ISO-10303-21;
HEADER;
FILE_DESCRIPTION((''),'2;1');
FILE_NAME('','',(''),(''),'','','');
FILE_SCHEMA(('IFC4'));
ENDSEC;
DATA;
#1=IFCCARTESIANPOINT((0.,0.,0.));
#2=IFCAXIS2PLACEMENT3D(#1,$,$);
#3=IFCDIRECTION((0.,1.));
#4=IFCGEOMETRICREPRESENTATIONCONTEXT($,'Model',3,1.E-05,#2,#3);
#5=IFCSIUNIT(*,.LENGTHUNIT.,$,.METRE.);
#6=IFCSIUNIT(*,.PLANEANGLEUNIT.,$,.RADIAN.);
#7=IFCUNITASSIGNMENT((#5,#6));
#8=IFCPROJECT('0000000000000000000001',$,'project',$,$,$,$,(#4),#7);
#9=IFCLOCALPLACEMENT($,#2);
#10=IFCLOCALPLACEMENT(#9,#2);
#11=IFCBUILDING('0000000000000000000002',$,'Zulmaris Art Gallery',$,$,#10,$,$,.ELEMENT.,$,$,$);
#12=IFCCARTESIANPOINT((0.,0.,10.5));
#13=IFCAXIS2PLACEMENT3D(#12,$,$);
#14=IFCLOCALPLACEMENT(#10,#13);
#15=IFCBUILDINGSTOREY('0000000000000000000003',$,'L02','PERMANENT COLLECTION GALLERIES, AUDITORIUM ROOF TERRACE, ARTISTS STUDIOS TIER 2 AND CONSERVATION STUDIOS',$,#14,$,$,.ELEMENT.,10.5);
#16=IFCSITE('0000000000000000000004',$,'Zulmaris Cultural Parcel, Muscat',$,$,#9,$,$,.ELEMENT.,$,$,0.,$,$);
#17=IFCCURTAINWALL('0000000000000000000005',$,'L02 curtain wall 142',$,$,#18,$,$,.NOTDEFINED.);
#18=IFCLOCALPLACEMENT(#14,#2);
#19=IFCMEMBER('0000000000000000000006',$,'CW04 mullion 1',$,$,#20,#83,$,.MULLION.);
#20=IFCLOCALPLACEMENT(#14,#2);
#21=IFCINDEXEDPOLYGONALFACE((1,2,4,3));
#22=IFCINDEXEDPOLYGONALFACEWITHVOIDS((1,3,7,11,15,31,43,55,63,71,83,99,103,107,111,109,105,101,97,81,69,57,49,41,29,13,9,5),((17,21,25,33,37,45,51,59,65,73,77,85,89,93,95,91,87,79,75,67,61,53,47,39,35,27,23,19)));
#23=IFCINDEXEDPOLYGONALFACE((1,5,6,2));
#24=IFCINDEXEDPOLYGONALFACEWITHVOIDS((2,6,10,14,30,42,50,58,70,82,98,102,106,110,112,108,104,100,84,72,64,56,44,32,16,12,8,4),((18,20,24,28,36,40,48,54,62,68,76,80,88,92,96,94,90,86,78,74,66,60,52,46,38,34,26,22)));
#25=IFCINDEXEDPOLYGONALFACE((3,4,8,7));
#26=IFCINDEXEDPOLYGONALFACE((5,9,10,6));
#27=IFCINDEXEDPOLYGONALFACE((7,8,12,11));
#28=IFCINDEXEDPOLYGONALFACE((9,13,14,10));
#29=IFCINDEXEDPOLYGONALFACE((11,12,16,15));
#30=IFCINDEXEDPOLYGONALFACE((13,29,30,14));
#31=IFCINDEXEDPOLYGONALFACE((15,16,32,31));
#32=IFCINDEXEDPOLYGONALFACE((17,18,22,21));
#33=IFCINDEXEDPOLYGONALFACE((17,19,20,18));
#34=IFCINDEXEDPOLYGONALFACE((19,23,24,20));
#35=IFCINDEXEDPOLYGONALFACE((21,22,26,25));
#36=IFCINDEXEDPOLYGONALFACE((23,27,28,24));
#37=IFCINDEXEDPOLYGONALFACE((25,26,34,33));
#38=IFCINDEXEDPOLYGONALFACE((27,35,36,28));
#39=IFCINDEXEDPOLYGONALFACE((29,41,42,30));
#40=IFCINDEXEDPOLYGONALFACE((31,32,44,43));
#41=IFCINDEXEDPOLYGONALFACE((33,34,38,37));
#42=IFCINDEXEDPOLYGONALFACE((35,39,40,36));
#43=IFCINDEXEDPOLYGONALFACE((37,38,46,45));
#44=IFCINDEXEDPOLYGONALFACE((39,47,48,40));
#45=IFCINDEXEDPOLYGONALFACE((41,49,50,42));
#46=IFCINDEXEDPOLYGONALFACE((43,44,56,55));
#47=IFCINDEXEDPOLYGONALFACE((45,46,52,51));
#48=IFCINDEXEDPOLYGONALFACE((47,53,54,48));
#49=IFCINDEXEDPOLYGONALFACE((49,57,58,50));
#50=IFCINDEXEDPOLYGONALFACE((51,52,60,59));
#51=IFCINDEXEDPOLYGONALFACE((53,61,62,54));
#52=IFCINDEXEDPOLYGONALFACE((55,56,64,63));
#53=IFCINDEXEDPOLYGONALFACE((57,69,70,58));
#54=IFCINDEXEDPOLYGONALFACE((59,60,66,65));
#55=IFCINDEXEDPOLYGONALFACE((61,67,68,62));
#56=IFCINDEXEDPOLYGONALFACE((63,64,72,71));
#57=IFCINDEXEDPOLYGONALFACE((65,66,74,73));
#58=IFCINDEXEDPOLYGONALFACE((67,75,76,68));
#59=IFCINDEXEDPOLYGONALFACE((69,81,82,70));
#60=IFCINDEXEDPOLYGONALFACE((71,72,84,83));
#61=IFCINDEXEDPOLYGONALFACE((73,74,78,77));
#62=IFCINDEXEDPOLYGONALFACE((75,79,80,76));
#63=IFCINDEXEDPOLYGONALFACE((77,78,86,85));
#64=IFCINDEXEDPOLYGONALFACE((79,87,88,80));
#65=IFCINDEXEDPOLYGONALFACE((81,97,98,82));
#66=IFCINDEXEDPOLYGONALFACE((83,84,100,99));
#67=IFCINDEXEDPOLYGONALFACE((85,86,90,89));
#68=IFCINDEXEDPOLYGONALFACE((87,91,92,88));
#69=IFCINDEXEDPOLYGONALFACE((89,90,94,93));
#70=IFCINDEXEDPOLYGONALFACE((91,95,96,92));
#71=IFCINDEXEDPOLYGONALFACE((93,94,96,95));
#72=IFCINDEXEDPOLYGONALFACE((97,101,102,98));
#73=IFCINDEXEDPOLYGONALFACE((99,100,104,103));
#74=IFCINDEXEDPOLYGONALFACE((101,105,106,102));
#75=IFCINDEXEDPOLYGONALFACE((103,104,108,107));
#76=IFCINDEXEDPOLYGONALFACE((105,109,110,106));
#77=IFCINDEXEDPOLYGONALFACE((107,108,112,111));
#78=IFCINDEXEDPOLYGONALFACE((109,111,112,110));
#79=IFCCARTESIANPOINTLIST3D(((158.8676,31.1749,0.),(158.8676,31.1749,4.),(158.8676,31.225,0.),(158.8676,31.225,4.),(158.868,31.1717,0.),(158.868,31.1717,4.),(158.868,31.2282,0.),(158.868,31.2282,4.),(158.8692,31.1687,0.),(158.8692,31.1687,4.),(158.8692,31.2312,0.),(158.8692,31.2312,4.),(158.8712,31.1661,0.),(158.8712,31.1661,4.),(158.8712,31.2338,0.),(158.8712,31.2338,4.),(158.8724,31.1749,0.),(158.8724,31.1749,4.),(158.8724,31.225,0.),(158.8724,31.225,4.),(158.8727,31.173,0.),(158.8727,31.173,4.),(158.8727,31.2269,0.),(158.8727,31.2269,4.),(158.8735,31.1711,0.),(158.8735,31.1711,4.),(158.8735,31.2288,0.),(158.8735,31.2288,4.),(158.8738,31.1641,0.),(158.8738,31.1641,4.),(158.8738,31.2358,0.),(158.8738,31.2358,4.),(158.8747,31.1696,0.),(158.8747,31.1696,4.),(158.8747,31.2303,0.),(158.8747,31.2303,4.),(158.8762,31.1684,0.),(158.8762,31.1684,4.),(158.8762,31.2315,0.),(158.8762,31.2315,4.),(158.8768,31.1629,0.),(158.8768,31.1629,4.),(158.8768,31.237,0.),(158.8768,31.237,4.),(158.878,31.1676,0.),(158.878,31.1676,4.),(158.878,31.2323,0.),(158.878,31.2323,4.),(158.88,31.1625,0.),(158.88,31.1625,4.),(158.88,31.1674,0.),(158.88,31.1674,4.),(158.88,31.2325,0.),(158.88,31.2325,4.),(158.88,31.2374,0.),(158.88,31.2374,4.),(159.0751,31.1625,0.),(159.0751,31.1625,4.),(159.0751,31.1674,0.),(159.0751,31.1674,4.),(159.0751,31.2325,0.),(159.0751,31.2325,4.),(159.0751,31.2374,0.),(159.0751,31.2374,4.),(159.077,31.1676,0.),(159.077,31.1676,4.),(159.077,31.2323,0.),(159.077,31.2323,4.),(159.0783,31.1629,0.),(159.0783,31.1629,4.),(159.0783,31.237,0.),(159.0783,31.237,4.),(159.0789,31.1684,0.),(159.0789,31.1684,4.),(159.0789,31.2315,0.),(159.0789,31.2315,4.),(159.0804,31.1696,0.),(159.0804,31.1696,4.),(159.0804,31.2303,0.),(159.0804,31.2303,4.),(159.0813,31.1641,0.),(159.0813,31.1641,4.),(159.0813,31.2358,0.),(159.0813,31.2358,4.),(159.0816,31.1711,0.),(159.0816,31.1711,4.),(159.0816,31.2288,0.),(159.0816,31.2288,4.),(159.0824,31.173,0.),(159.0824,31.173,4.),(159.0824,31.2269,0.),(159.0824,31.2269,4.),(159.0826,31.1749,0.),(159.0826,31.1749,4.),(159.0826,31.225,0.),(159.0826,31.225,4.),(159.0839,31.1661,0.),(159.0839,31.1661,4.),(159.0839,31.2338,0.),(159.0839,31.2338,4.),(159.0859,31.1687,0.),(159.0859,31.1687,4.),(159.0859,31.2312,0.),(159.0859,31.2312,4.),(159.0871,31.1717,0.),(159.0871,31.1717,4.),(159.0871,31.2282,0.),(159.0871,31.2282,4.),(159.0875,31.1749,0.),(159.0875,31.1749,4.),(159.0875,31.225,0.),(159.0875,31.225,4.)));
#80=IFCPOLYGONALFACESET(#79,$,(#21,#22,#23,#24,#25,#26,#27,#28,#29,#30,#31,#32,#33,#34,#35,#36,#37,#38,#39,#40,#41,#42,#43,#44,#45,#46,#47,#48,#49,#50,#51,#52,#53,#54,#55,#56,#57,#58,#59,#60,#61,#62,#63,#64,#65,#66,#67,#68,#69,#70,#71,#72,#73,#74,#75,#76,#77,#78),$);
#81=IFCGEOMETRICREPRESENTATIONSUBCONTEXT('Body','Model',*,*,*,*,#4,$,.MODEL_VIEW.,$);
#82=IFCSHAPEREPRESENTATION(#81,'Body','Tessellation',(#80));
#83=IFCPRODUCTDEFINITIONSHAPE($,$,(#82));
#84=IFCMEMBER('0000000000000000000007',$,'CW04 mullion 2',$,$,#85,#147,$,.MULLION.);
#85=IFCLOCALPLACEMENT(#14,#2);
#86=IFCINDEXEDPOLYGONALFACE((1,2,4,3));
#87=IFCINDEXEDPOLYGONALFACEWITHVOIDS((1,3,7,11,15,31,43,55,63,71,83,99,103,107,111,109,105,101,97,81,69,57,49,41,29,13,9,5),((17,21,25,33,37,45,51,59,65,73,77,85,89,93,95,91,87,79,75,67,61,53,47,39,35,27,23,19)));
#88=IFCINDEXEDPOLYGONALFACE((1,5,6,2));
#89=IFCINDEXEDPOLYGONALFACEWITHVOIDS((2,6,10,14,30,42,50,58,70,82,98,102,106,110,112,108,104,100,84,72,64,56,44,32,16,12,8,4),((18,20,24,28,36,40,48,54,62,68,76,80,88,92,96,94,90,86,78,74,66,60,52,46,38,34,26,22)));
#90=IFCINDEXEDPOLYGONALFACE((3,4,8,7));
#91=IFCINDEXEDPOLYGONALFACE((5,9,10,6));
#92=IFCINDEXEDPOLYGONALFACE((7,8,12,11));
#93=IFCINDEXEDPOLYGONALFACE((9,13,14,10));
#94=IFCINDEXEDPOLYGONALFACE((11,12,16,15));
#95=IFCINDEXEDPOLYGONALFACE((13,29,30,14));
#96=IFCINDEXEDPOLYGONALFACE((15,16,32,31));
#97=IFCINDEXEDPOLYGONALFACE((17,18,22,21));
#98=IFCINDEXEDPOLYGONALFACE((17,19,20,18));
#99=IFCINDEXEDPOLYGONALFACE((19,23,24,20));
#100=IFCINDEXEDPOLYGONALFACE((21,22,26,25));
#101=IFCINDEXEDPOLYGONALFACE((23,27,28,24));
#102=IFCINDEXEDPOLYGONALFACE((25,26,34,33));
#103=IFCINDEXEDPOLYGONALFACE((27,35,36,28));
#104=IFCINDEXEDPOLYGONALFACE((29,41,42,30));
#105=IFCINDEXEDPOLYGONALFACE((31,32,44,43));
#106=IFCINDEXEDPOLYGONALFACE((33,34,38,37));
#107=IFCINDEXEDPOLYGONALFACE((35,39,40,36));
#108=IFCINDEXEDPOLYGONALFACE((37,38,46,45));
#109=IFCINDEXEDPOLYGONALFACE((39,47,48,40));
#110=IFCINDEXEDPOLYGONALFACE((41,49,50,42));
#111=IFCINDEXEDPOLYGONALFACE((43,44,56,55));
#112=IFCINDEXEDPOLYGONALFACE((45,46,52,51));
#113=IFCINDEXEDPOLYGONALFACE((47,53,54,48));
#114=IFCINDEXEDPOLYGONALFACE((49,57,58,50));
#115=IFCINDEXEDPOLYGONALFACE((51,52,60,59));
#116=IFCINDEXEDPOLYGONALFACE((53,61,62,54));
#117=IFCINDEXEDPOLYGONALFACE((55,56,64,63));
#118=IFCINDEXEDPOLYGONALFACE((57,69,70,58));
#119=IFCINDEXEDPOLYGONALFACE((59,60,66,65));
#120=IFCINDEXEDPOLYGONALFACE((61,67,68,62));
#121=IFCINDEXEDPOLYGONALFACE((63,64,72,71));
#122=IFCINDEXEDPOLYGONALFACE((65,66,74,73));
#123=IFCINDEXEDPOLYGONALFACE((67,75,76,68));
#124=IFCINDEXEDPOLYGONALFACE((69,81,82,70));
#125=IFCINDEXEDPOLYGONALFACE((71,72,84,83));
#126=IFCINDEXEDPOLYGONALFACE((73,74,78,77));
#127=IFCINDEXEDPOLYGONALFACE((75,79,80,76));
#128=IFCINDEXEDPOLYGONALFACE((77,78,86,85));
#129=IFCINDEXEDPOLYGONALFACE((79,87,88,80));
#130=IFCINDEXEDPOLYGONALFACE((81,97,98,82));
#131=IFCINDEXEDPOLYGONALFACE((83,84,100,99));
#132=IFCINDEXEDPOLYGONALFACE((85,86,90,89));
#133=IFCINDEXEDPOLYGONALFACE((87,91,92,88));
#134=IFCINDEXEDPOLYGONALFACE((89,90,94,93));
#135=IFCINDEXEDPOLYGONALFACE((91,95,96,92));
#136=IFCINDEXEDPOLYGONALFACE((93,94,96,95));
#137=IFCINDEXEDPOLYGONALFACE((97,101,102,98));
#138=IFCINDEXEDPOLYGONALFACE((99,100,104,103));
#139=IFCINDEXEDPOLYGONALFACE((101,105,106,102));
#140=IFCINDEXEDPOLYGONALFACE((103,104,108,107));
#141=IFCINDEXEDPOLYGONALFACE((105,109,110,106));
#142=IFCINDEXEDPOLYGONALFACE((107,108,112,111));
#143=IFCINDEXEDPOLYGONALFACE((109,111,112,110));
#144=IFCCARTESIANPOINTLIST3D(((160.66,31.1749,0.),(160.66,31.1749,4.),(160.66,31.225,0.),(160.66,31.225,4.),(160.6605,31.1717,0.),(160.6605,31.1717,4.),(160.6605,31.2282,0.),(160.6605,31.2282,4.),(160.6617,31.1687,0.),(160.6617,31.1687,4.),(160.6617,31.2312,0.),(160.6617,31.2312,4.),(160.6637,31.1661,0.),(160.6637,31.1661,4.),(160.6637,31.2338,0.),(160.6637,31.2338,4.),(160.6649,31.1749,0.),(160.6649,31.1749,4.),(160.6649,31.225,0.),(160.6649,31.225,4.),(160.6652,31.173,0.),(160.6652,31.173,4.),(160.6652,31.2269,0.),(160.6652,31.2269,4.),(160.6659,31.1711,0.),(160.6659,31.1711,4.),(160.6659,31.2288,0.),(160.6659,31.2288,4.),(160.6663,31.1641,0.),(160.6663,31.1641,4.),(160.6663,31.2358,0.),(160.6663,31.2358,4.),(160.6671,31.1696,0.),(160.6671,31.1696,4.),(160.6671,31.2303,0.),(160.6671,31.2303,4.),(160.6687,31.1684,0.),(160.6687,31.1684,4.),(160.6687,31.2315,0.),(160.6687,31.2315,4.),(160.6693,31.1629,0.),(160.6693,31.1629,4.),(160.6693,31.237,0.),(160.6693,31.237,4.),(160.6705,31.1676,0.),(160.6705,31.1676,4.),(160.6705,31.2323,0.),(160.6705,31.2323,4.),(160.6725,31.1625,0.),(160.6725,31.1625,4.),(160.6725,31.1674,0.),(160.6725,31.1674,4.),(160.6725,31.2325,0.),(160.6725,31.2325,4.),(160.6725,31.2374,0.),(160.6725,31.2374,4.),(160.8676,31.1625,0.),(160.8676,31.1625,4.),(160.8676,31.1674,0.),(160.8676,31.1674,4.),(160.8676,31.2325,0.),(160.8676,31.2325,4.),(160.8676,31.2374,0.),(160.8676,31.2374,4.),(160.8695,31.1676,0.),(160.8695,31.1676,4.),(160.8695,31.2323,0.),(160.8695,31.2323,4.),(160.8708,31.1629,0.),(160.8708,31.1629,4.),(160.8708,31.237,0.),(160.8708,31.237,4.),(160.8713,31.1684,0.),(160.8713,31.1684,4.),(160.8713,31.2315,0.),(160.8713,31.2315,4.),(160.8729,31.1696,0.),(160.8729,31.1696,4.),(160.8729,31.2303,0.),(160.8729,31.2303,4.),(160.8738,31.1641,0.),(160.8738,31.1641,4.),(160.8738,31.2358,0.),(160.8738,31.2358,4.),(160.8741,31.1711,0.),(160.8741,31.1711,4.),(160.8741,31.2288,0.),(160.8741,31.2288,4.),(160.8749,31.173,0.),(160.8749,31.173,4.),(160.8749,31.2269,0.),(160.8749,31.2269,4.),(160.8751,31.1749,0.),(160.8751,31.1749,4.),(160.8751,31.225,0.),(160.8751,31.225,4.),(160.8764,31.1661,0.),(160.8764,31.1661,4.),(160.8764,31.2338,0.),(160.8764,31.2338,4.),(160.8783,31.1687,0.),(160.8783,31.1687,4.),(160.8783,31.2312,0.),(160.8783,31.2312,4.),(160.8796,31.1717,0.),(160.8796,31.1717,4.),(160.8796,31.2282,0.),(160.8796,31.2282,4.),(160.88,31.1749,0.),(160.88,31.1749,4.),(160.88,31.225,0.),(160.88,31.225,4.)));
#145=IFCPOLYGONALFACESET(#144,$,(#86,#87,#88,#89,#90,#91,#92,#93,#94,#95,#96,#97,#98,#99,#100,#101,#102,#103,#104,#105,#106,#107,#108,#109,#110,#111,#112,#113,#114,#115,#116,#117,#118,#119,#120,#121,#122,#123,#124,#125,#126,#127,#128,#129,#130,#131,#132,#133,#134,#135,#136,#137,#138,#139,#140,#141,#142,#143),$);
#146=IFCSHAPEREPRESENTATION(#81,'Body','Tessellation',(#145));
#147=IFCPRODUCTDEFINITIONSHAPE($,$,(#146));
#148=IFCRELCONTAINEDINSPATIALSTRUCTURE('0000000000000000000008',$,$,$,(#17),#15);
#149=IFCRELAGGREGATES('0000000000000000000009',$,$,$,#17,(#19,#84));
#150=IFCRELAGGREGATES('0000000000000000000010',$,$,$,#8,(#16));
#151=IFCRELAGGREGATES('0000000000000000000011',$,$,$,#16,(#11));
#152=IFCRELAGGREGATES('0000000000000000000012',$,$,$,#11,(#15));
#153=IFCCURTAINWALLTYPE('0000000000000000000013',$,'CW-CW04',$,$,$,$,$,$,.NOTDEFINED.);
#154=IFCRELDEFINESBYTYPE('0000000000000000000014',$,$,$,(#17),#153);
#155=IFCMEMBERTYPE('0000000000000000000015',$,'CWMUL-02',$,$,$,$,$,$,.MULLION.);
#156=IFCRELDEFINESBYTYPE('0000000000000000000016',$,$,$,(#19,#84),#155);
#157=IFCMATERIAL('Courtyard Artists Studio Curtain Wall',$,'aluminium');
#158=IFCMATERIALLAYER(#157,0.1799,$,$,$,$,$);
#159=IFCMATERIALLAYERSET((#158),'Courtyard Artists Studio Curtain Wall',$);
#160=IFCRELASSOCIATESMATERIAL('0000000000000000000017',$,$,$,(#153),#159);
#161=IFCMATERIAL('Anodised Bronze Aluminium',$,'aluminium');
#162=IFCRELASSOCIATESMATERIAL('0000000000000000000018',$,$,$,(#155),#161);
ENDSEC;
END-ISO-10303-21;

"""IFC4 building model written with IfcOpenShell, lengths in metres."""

from ifc_helpers import new_model, si_unit, direction, frame, origin, origin_2d, place, context, subcontext, project, spatial, hollow_rectangle, extrude, material, layer, layer_set, material_profile, profile_set, type_object, element, aggregate, save


model = new_model("IFC4")

# Units and contexts
model_context = context("Model", 3, precision=1e-05, world=origin(), true_north=direction((0.0, 1.0)))
body_context = subcontext(model_context, "Body", "Model", "MODEL_VIEW")
ifc_project = project(units=[si_unit("LENGTHUNIT", "METRE"), si_unit("PLANEANGLEUNIT", "RADIAN")], contexts=[model_context])

# Site, building, storey
site_placement = place(None, origin())
site = spatial("IfcSite", under=ifc_project, at=site_placement, Name="Zulmaris Cultural Parcel, Muscat", CompositionType="ELEMENT", RefElevation=0.0)
building_placement = place(site_placement, origin())
building = spatial("IfcBuilding", under=site, at=building_placement, Name="Zulmaris Art Gallery", CompositionType="ELEMENT")
storey_placement = place(building_placement, frame((0.0, 0.0, 10.5)))
storey = spatial("IfcBuildingStorey", under=building, at=storey_placement, Name="L02", Description="PERMANENT COLLECTION GALLERIES, AUDITORIUM ROOF TERRACE, ARTISTS STUDIOS TIER 2 AND CONSERVATION STUDIOS", CompositionType="ELEMENT", Elevation=10.5)

# Curtain wall, members
ifc_material_1 = material(Name="Courtyard Artists Studio Curtain Wall", Category="aluminium")
ifc_layer_1 = layer(ifc_material_1, 0.1799)
ifc_layer_set_1 = layer_set([ifc_layer_1], Name="Courtyard Artists Studio Curtain Wall")
curtain_wall_type = type_object("IfcCurtainWallType", Name="CW-CW04", PredefinedType="NOTDEFINED", material=ifc_layer_set_1)
curtain_wall_placement = place(storey_placement, origin())
curtain_wall = element("IfcCurtainWall", 1, at=curtain_wall_placement, inside=storey, type_object=curtain_wall_type, Name="L02 curtain wall 142", PredefinedType="NOTDEFINED")
ifc_material_2 = material(Name="Anodised Bronze Aluminium", Category="aluminium")
ifc_material_profile_1 = material_profile(ifc_material_2, hollow_rectangle(XDim=0.075, YDim=0.22, WallThickness=0.0049, InnerFilletRadius=0.0076, OuterFilletRadius=0.0125, at=origin_2d()), Name="ALU 75x220x5")
ifc_profile_set_1 = profile_set([ifc_material_profile_1], Name="Anodised Bronze Aluminium")
member_type_1 = type_object("IfcMemberType", Name="CWMUL-02", PredefinedType="MULLION", material=ifc_profile_set_1)
member_1_placement = place(storey_placement, frame((158.9775, 31.2, 0.0), z_axis=(0.0, 0.0, 1.0), x_axis=(0.0, 1.0, 0.0)))
member_1 = element("IfcMember", 2, at=member_1_placement, type_object=member_type_1, Name="CW04 mullion 1", PredefinedType="MULLION", context=body_context, shape_type="SweptSolid", body=[
    extrude(hollow_rectangle(XDim=0.075, YDim=0.22, WallThickness=0.0049, InnerFilletRadius=0.0076, OuterFilletRadius=0.0125, at=origin_2d()), origin(), (0.0, 0.0, 1.0), 4.0),
])
member_2_placement = place(storey_placement, frame((160.77, 31.2, 0.0), z_axis=(0.0, 0.0, 1.0), x_axis=(0.0, 1.0, 0.0)))
member_2 = element("IfcMember", 3, at=member_2_placement, type_object=member_type_1, Name="CW04 mullion 2", PredefinedType="MULLION", context=body_context, shape_type="SweptSolid", body=[
    extrude(hollow_rectangle(XDim=0.075, YDim=0.22, WallThickness=0.0049, InnerFilletRadius=0.0076, OuterFilletRadius=0.0125, at=origin_2d()), origin(), (0.0, 0.0, 1.0), 4.0),
])
aggregate(curtain_wall, [member_1, member_2])

save(model, "model.ifc")
